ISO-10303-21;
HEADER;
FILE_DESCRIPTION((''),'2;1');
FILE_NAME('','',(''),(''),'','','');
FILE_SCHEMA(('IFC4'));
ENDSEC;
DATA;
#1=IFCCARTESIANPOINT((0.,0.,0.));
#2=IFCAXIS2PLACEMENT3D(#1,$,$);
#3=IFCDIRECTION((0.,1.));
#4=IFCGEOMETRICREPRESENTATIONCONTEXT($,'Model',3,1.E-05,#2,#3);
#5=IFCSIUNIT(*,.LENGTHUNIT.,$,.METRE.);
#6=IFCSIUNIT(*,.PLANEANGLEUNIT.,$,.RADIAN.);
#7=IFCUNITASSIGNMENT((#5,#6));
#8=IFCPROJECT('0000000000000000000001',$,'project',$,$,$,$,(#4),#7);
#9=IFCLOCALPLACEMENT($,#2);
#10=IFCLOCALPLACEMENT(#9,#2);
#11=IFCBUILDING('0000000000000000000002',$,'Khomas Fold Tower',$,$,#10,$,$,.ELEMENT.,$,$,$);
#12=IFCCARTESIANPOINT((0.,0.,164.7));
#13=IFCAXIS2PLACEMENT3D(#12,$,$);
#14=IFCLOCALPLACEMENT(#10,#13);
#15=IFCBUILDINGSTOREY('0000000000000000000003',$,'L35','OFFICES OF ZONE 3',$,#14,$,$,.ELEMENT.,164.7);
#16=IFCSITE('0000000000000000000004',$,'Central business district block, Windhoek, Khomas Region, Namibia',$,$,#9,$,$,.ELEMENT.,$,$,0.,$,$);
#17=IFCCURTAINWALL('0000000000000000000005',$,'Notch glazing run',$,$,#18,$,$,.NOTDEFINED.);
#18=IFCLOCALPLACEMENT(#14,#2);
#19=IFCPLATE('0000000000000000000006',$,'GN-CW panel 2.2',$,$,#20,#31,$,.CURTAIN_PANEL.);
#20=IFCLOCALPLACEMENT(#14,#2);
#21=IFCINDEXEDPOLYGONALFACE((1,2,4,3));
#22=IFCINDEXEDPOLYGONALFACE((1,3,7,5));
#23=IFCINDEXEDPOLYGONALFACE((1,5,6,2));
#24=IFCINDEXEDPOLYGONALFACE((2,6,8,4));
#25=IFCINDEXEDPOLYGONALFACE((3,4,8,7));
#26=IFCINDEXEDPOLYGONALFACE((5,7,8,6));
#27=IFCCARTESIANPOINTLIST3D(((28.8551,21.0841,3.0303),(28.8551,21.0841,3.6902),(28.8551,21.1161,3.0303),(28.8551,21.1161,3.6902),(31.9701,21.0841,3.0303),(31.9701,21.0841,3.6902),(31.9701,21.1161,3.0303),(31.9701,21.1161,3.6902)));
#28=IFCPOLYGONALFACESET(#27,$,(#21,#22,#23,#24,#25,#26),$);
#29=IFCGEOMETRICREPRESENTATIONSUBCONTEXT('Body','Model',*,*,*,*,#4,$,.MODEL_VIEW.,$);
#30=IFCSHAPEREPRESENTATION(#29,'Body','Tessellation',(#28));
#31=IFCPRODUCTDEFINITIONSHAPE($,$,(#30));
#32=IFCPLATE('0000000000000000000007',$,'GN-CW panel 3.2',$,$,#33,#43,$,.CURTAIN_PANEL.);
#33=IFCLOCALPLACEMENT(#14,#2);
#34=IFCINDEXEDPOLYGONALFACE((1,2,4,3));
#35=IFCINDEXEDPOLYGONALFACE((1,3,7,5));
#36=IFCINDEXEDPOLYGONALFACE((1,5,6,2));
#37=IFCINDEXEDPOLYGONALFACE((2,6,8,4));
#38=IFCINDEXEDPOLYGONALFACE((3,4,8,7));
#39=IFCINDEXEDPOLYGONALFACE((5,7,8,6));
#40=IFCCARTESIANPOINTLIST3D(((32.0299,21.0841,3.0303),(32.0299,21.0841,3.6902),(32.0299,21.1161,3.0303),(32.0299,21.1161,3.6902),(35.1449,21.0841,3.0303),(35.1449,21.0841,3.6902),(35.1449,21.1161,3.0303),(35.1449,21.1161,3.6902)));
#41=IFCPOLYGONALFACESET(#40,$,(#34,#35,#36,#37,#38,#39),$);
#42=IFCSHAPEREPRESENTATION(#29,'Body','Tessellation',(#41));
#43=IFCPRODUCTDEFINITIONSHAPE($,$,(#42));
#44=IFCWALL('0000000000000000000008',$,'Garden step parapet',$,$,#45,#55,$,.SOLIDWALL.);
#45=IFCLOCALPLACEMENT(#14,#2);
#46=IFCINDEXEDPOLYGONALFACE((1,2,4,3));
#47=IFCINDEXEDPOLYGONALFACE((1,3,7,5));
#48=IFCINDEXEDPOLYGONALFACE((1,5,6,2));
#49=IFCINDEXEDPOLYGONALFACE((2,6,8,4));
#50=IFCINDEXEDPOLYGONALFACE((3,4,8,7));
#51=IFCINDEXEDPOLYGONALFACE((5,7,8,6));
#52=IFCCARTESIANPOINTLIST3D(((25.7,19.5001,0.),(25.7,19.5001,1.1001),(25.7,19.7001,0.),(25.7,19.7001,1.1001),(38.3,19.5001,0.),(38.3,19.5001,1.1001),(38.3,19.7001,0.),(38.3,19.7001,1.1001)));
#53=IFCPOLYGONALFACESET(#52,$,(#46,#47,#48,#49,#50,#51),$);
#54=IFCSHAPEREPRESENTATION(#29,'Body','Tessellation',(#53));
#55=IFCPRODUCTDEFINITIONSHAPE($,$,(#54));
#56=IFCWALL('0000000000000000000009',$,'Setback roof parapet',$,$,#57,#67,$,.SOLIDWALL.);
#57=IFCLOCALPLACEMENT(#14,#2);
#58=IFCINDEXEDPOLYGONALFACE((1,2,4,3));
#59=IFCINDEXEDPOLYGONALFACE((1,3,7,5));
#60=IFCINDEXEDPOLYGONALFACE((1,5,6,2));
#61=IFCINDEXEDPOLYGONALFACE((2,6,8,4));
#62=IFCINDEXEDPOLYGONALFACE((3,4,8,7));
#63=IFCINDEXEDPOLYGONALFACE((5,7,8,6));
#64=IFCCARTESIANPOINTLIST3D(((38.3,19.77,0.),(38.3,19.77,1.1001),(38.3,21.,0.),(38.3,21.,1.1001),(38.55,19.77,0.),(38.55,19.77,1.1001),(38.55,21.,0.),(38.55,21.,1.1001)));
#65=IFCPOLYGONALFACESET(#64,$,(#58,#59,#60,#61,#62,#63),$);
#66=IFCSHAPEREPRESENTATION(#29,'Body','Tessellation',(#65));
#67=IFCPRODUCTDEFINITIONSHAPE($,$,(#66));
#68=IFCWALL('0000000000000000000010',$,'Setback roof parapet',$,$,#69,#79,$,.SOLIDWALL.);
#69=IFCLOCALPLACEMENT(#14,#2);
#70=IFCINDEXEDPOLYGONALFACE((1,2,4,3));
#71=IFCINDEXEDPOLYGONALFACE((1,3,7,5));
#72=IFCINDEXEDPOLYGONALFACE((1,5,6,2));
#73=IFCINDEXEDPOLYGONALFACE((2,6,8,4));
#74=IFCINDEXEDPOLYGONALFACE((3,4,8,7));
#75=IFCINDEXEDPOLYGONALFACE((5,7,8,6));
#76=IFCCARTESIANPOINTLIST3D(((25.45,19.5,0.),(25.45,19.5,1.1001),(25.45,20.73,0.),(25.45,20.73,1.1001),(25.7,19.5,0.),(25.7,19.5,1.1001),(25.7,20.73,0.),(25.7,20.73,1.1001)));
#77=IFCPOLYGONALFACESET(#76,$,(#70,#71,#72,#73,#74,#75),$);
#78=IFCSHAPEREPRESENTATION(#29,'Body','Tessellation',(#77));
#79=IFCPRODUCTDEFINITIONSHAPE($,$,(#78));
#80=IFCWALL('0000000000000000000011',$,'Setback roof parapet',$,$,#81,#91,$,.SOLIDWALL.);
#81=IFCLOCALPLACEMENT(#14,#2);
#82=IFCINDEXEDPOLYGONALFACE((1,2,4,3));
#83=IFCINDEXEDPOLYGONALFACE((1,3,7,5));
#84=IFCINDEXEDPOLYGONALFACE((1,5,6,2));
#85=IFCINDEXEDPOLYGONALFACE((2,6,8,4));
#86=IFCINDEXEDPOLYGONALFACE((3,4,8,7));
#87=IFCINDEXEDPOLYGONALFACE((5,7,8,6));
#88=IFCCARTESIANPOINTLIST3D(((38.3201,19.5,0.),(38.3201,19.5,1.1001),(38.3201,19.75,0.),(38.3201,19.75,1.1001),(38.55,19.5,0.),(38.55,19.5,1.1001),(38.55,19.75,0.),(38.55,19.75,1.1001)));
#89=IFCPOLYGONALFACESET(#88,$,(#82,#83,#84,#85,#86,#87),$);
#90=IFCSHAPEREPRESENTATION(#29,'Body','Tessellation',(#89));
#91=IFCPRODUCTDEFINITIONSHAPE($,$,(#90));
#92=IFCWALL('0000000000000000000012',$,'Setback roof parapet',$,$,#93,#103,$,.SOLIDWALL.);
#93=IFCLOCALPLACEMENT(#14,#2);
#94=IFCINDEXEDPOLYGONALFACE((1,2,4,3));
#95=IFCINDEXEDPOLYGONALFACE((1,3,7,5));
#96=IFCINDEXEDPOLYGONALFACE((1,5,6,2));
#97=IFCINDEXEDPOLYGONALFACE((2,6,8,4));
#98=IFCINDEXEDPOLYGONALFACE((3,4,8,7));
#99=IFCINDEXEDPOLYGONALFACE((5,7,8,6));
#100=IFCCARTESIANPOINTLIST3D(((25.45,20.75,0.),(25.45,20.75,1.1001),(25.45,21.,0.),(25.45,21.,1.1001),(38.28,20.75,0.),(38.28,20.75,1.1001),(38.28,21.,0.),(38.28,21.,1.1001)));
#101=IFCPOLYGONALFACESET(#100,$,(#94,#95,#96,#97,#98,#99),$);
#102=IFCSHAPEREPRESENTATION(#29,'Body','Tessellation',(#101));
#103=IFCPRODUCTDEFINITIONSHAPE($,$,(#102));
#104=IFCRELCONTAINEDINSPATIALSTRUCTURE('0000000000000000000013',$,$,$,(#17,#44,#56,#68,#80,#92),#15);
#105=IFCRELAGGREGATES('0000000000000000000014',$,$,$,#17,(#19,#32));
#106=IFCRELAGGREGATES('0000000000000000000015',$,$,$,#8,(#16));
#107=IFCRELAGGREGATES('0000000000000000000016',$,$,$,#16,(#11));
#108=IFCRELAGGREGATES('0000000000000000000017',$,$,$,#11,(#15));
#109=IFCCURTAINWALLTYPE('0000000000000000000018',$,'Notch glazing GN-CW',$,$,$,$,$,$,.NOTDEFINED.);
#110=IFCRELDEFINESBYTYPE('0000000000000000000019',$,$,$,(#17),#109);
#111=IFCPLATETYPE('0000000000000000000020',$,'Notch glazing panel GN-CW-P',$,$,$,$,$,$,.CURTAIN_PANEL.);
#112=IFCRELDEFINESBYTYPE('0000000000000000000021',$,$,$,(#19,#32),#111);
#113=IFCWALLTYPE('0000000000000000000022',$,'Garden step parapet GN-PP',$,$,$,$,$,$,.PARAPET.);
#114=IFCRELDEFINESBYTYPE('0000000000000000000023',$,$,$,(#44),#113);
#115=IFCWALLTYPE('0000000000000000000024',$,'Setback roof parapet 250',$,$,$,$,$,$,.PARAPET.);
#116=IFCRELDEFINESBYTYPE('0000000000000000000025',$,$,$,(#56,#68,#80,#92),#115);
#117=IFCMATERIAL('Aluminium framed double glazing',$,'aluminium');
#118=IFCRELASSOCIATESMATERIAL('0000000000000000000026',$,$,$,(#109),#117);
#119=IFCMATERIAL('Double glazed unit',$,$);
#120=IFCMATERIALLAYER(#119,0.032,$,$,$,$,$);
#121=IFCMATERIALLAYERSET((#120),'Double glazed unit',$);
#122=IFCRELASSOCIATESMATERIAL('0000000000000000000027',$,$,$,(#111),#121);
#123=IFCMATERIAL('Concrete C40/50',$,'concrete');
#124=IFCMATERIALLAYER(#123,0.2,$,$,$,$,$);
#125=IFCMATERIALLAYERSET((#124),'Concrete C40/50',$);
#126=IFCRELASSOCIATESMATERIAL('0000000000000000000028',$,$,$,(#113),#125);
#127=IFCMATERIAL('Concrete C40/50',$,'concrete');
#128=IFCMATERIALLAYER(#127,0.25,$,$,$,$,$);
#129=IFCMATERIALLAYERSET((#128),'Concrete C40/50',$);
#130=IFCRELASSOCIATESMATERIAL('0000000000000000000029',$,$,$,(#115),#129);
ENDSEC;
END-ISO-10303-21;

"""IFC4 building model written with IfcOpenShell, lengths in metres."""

from ifc_helpers import new_model, si_unit, direction, frame, frame_2d, origin, origin_2d, place, context, subcontext, project, spatial, rectangle, extrude, source, transform, mapped, material, layer, layer_set, type_object, element, aggregate, save


model = new_model("IFC4")

# Units and contexts
model_context = context("Model", 3, precision=1e-05, world=origin(), true_north=direction((0.0, 1.0)))
body_context = subcontext(model_context, "Body", "Model", "MODEL_VIEW")
ifc_project = project(units=[si_unit("LENGTHUNIT", "METRE"), si_unit("PLANEANGLEUNIT", "RADIAN")], contexts=[model_context])

# Site, building, storey
site_placement = place(None, origin())
site = spatial("IfcSite", under=ifc_project, at=site_placement, Name="Central business district block, Windhoek, Khomas Region, Namibia", CompositionType="ELEMENT", RefElevation=0.0)
building_placement = place(site_placement, origin())
building = spatial("IfcBuilding", under=site, at=building_placement, Name="Khomas Fold Tower", CompositionType="ELEMENT")
storey_placement = place(building_placement, frame((0.0, 0.0, 164.7)))
storey = spatial("IfcBuildingStorey", under=building, at=storey_placement, Name="L35", Description="OFFICES OF ZONE 3", CompositionType="ELEMENT", Elevation=164.7)

# Shared definitions
ifc_material_1 = material(Name="Aluminium framed double glazing", Category="aluminium")
curtain_wall_type = type_object("IfcCurtainWallType", Name="Notch glazing GN-CW", PredefinedType="NOTDEFINED", material=ifc_material_1)

# Curtain wall
curtain_wall_1_placement = place(storey_placement, origin())
curtain_wall_1 = element("IfcCurtainWall", 1, at=curtain_wall_1_placement, inside=storey, type_object=curtain_wall_type, Name="Notch glazing run", PredefinedType="NOTDEFINED")

# Plates
ifc_material_2 = material(Name="Double glazed unit")
ifc_layer_1 = layer(ifc_material_2, 0.032)
ifc_layer_set_1 = layer_set([ifc_layer_1], Name="Double glazed unit")
plate_type = type_object("IfcPlateType", Name="Notch glazing panel GN-CW-P", PredefinedType="CURTAIN_PANEL", material=ifc_layer_set_1)
shared_shape_1 = source(origin(), body_context, "Body", "SweptSolid", [
    extrude(rectangle(XDim=3.115, YDim=0.032, at=origin_2d()), origin(), (0.0, 0.0, 1.0), 0.6599),
])
plate_1_placement = place(storey_placement, frame((30.4126, 21.1001, 3.0303), z_axis=(0.0, 0.0, 1.0), x_axis=(1.0, 0.0, 0.0)))
plate_1 = element("IfcPlate", 2, at=plate_1_placement, type_object=plate_type, Name="GN-CW panel 2.2", PredefinedType="CURTAIN_PANEL", context=body_context, shape_type="MappedRepresentation", body=[
    mapped(shared_shape_1, transform((0.0, 0.0, 0.0))),
])
plate_2_placement = place(storey_placement, frame((33.5874, 21.1001, 3.0303), z_axis=(0.0, 0.0, 1.0), x_axis=(1.0, 0.0, 0.0)))
plate_2 = element("IfcPlate", 3, at=plate_2_placement, type_object=plate_type, Name="GN-CW panel 3.2", PredefinedType="CURTAIN_PANEL", context=body_context, shape_type="MappedRepresentation", body=[
    mapped(shared_shape_1, transform((0.0, 0.0, 0.0))),
])
aggregate(curtain_wall_1, [plate_1, plate_2])

# Walls
ifc_material_3 = material(Name="Concrete C40/50", Category="concrete")
ifc_layer_2 = layer(ifc_material_3, 0.2)
ifc_layer_set_2 = layer_set([ifc_layer_2], Name="Concrete C40/50")
wall_type_1 = type_object("IfcWallType", Name="Garden step parapet GN-PP", PredefinedType="PARAPET", material=ifc_layer_set_2)
shared_shape_2 = source(origin(), body_context, "Body", "SweptSolid", [
    extrude(rectangle(XDim=12.6001, YDim=0.2, at=frame_2d((6.3, 0.0))), origin(), (0.0, 0.0, 1.0), 1.1001),
])
wall_1_placement = place(storey_placement, frame((38.3, 19.6001, 0.0), z_axis=(0.0, 0.0, 1.0), x_axis=(-1.0, 0.0, 0.0)))
element("IfcWall", 4, at=wall_1_placement, inside=storey, type_object=wall_type_1, Name="Garden step parapet", PredefinedType="SOLIDWALL", context=body_context, shape_type="MappedRepresentation", body=[
    mapped(shared_shape_2, transform((0.0, 0.0, 0.0))),
])
ifc_material_4 = material(Name="Concrete C40/50", Category="concrete")
ifc_layer_3 = layer(ifc_material_4, 0.25)
ifc_layer_set_3 = layer_set([ifc_layer_3], Name="Concrete C40/50")
wall_type_2 = type_object("IfcWallType", Name="Setback roof parapet 250", PredefinedType="PARAPET", material=ifc_layer_set_3)
shared_shape_3 = source(origin(), body_context, "Body", "SweptSolid", [
    extrude(rectangle(XDim=1.23, YDim=0.25, at=frame_2d((0.615, 0.0))), origin(), (0.0, 0.0, 1.0), 1.1001),
])
for number, where, z_axis, x_axis, name in (
    (5, (38.425, 19.77, 0.0), (0.0, 0.0, 1.0), (0.0, 1.0, 0.0), "Setback roof parapet"),
    (6, (25.575, 20.73, 0.0), (0.0, 0.0, 1.0), (0.0, -1.0, 0.0), "Setback roof parapet"),
):
    element("IfcWall", number, at=place(storey_placement, frame(where, z_axis=z_axis, x_axis=x_axis)), inside=storey, type_object=wall_type_2, Name=name, PredefinedType="SOLIDWALL", context=body_context, shape_type="MappedRepresentation", body=[
        mapped(shared_shape_3, transform((0.0, 0.0, 0.0))),
    ])
shared_shape_4 = source(origin(), body_context, "Body", "SweptSolid", [
    extrude(rectangle(XDim=0.23, YDim=0.25, at=frame_2d((0.115, 0.0))), origin(), (0.0, 0.0, 1.0), 1.1001),
])
wall_2_placement = place(storey_placement, frame((38.3201, 19.625, 0.0), z_axis=(0.0, 0.0, 1.0), x_axis=(1.0, 0.0, 0.0)))
element("IfcWall", 7, at=wall_2_placement, inside=storey, type_object=wall_type_2, Name="Setback roof parapet", PredefinedType="SOLIDWALL", context=body_context, shape_type="MappedRepresentation", body=[
    mapped(shared_shape_4, transform((0.0, 0.0, 0.0))),
])
shared_shape_5 = source(origin(), body_context, "Body", "SweptSolid", [
    extrude(rectangle(XDim=12.8301, YDim=0.25, at=frame_2d((6.415, 0.0))), origin(), (0.0, 0.0, 1.0), 1.1001),
])
wall_3_placement = place(storey_placement, frame((38.28, 20.875, 0.0), z_axis=(0.0, 0.0, 1.0), x_axis=(-1.0, 0.0, 0.0)))
element("IfcWall", 8, at=wall_3_placement, inside=storey, type_object=wall_type_2, Name="Setback roof parapet", PredefinedType="SOLIDWALL", context=body_context, shape_type="MappedRepresentation", body=[
    mapped(shared_shape_5, transform((0.0, 0.0, 0.0))),
])

save(model, "model.ifc")
